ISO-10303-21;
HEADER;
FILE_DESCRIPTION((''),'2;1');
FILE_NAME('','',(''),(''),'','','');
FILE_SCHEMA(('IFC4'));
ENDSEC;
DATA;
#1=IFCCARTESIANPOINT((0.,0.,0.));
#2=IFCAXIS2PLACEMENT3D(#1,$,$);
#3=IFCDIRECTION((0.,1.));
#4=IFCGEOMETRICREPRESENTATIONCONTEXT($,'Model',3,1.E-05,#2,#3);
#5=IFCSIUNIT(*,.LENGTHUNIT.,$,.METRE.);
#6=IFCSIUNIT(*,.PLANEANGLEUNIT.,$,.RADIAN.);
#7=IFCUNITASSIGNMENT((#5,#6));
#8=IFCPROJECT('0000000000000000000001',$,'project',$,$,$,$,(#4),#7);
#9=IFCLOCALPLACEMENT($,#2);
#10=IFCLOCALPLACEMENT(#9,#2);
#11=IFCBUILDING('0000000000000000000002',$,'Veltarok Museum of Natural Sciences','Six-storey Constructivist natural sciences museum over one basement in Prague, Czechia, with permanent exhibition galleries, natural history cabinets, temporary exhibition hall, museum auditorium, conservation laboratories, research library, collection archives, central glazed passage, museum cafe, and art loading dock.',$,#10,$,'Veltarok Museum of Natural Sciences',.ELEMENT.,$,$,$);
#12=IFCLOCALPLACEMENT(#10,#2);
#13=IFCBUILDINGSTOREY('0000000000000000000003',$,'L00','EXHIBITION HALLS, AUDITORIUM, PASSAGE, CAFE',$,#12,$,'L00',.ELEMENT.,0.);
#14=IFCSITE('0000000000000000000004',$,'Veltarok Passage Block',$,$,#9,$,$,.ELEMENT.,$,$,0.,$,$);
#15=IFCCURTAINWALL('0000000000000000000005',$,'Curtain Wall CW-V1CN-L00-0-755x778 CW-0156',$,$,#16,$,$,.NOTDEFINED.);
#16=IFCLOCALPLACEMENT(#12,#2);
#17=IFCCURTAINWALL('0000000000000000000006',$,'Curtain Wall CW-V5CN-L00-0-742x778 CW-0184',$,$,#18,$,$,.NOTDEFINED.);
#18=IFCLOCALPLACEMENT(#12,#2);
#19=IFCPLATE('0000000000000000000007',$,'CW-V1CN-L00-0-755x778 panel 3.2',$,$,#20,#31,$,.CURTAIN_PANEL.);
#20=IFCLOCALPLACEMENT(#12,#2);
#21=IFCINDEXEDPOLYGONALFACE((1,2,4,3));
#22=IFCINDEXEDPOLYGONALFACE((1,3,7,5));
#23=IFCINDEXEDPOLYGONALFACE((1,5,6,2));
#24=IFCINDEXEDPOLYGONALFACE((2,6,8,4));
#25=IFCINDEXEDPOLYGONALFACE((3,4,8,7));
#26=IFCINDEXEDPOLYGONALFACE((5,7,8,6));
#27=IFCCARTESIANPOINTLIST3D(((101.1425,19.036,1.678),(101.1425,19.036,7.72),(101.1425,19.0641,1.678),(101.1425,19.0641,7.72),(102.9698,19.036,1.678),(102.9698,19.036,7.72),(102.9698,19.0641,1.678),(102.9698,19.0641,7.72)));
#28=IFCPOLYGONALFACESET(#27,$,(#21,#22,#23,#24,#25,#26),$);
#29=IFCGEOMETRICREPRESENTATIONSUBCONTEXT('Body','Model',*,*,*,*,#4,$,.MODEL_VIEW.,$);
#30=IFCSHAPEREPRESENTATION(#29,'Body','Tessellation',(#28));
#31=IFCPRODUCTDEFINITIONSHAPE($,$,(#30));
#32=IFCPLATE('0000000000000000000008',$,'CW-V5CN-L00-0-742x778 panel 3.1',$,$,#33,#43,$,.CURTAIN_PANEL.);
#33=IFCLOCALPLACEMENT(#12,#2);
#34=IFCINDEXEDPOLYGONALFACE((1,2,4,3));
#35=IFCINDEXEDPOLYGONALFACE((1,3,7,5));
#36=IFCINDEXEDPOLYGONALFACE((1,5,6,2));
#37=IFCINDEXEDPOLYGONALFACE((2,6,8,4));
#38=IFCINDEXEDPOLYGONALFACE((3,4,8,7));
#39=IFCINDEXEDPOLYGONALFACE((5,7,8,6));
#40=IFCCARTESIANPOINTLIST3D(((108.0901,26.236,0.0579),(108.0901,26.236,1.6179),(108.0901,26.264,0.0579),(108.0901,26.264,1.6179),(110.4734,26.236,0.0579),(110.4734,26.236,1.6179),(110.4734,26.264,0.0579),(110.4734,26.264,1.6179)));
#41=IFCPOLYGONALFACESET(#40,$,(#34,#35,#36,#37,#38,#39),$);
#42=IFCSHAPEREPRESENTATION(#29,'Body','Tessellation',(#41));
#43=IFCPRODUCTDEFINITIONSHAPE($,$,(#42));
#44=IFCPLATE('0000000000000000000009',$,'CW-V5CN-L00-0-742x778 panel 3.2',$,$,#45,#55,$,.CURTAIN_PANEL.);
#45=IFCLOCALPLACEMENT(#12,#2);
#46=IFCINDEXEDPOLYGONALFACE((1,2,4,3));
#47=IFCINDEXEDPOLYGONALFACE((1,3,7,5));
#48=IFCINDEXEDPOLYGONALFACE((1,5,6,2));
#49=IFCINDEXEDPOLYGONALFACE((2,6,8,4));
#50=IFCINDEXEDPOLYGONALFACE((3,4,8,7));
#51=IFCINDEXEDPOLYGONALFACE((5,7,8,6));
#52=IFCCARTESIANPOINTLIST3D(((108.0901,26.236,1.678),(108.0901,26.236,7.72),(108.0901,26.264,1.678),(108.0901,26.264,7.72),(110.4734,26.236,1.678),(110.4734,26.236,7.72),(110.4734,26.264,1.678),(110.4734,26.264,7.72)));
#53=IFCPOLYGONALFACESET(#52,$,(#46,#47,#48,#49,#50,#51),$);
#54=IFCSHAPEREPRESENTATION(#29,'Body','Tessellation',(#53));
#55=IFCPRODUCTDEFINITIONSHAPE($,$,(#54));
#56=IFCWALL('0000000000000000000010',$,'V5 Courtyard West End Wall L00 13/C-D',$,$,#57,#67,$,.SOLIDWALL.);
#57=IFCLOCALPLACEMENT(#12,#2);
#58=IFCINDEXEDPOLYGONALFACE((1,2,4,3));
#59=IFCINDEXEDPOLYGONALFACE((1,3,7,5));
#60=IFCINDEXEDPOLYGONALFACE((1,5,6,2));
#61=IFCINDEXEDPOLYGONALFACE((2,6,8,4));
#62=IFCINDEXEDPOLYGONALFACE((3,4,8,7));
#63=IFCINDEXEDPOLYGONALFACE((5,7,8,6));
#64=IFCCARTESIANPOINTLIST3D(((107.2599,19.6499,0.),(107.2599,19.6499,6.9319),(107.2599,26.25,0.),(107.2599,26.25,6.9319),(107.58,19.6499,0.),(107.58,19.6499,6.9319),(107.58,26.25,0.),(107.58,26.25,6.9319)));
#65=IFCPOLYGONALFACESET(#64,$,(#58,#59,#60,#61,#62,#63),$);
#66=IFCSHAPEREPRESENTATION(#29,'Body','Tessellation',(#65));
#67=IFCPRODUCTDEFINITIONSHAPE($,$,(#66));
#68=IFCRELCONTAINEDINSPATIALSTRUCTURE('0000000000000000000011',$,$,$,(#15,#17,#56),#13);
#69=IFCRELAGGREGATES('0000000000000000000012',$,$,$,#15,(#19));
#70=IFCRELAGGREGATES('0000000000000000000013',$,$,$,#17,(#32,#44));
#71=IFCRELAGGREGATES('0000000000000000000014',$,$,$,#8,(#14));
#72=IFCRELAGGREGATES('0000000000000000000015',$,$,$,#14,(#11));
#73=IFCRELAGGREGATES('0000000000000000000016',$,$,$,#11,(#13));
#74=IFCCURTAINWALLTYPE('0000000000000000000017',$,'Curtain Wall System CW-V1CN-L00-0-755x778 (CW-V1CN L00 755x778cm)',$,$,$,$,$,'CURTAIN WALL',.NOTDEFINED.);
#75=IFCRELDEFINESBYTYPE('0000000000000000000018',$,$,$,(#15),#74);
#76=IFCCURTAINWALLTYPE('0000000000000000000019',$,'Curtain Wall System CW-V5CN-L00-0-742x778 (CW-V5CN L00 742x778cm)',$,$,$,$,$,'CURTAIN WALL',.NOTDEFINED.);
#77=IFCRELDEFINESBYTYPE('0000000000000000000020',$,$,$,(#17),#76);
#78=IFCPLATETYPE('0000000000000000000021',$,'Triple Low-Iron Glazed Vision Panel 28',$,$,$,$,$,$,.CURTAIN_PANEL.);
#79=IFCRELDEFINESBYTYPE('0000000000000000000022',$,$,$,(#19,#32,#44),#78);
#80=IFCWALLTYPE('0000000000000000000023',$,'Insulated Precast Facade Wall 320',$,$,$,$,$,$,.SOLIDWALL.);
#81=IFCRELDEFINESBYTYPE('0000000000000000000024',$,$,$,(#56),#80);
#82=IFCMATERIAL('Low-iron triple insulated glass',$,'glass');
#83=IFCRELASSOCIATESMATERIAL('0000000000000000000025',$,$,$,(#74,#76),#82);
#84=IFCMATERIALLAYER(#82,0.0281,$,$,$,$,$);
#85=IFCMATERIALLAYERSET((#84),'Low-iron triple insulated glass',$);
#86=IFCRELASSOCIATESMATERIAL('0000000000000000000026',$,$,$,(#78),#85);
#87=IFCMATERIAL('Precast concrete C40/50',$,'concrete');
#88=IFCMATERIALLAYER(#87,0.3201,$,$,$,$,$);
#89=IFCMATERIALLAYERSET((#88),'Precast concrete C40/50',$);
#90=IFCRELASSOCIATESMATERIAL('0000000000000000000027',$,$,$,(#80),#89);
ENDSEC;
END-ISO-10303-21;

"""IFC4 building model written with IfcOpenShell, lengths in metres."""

from ifc_helpers import new_model, si_unit, direction, frame, frame_2d, origin, origin_2d, place, context, subcontext, project, spatial, rectangle, extrude, material, layer, layer_set, type_object, element, aggregate, save


model = new_model("IFC4")

# Units and contexts
model_context = context("Model", 3, precision=1e-05, world=origin(), true_north=direction((0.0, 1.0)))
body_context = subcontext(model_context, "Body", "Model", "MODEL_VIEW")
ifc_project = project(units=[si_unit("LENGTHUNIT", "METRE"), si_unit("PLANEANGLEUNIT", "RADIAN")], contexts=[model_context])

# Site, building, storey
site_placement = place(None, origin())
site = spatial("IfcSite", under=ifc_project, at=site_placement, Name="Veltarok Passage Block", CompositionType="ELEMENT", RefElevation=0.0)
building_placement = place(site_placement, origin())
building = spatial("IfcBuilding", under=site, at=building_placement, Name="Veltarok Museum of Natural Sciences", Description="Six-storey Constructivist natural sciences museum over one basement in Prague, Czechia, with permanent exhibition galleries, natural history cabinets, temporary exhibition hall, museum auditorium, conservation laboratories, research library, collection archives, central glazed passage, museum cafe, and art loading dock.", LongName="Veltarok Museum of Natural Sciences", CompositionType="ELEMENT")
storey_placement = place(building_placement, origin())
storey = spatial("IfcBuildingStorey", under=building, at=storey_placement, Name="L00", Description="EXHIBITION HALLS, AUDITORIUM, PASSAGE, CAFE", LongName="L00", CompositionType="ELEMENT", Elevation=0.0)

# Curtain wall
ifc_material_1 = material(Name="Low-iron triple insulated glass", Category="glass")
curtain_wall_type_1 = type_object("IfcCurtainWallType", Name="Curtain Wall System CW-V1CN-L00-0-755x778 (CW-V1CN L00 755x778cm)", ElementType="CURTAIN WALL", PredefinedType="NOTDEFINED", material=ifc_material_1)
curtain_wall_1_placement = place(storey_placement, origin())
curtain_wall_1 = element("IfcCurtainWall", 1, at=curtain_wall_1_placement, inside=storey, type_object=curtain_wall_type_1, Name="Curtain Wall CW-V1CN-L00-0-755x778 CW-0156", PredefinedType="NOTDEFINED")

# Curtain wall
curtain_wall_type_2 = type_object("IfcCurtainWallType", Name="Curtain Wall System CW-V5CN-L00-0-742x778 (CW-V5CN L00 742x778cm)", ElementType="CURTAIN WALL", PredefinedType="NOTDEFINED", material=ifc_material_1)
curtain_wall_2_placement = place(storey_placement, origin())
curtain_wall_2 = element("IfcCurtainWall", 2, at=curtain_wall_2_placement, inside=storey, type_object=curtain_wall_type_2, Name="Curtain Wall CW-V5CN-L00-0-742x778 CW-0184", PredefinedType="NOTDEFINED")

# Shared definitions
ifc_material_2 = material(Name="Precast concrete C40/50", Category="concrete")

# Plates
ifc_layer_1 = layer(ifc_material_1, 0.0281)
ifc_layer_set_1 = layer_set([ifc_layer_1], Name="Low-iron triple insulated glass")
plate_type = type_object("IfcPlateType", Name="Triple Low-Iron Glazed Vision Panel 28", PredefinedType="CURTAIN_PANEL", material=ifc_layer_set_1)
plate_1_placement = place(storey_placement, frame((102.0562, 19.05, 1.678), z_axis=(0.0, 0.0, 1.0), x_axis=(-1.0, 0.0, 0.0)))
plate_1 = element("IfcPlate", 3, at=plate_1_placement, type_object=plate_type, Name="CW-V1CN-L00-0-755x778 panel 3.2", PredefinedType="CURTAIN_PANEL", context=body_context, shape_type="SweptSolid", body=[
    extrude(rectangle(XDim=1.8274, YDim=0.0281, at=origin_2d()), origin(), (0.0, 0.0, 1.0), 6.042),
])
aggregate(curtain_wall_1, [plate_1])
plate_2_placement = place(storey_placement, frame((109.2817, 26.25, 0.0579), z_axis=(0.0, 0.0, 1.0), x_axis=(-1.0, 0.0, 0.0)))
plate_2 = element("IfcPlate", 4, at=plate_2_placement, type_object=plate_type, Name="CW-V5CN-L00-0-742x778 panel 3.1", PredefinedType="CURTAIN_PANEL", context=body_context, shape_type="SweptSolid", body=[
    extrude(rectangle(XDim=2.3833, YDim=0.0281, at=origin_2d()), origin(), (0.0, 0.0, 1.0), 1.5601),
])
plate_3_placement = place(storey_placement, frame((109.2817, 26.25, 1.678), z_axis=(0.0, 0.0, 1.0), x_axis=(-1.0, 0.0, 0.0)))
plate_3 = element("IfcPlate", 5, at=plate_3_placement, type_object=plate_type, Name="CW-V5CN-L00-0-742x778 panel 3.2", PredefinedType="CURTAIN_PANEL", context=body_context, shape_type="SweptSolid", body=[
    extrude(rectangle(XDim=2.3833, YDim=0.0281, at=origin_2d()), origin(), (0.0, 0.0, 1.0), 6.042),
])
aggregate(curtain_wall_2, [plate_2, plate_3])

# Wall
ifc_layer_2 = layer(ifc_material_2, 0.3201)
ifc_layer_set_2 = layer_set([ifc_layer_2], Name="Precast concrete C40/50")
wall_type = type_object("IfcWallType", Name="Insulated Precast Facade Wall 320", PredefinedType="SOLIDWALL", material=ifc_layer_set_2)
wall_placement = place(storey_placement, frame((107.4199, 26.25, 0.0), z_axis=(0.0, 0.0, 1.0), x_axis=(0.0, -1.0, 0.0)))
element("IfcWall", 6, at=wall_placement, inside=storey, type_object=wall_type, Name="V5 Courtyard West End Wall L00 13/C-D", PredefinedType="SOLIDWALL", context=body_context, shape_type="SweptSolid", body=[
    extrude(rectangle(XDim=6.6001, YDim=0.3201, at=frame_2d((3.3, 0.0))), origin(), (0.0, 0.0, 1.0), 6.9319),
])

save(model, "model.ifc")
